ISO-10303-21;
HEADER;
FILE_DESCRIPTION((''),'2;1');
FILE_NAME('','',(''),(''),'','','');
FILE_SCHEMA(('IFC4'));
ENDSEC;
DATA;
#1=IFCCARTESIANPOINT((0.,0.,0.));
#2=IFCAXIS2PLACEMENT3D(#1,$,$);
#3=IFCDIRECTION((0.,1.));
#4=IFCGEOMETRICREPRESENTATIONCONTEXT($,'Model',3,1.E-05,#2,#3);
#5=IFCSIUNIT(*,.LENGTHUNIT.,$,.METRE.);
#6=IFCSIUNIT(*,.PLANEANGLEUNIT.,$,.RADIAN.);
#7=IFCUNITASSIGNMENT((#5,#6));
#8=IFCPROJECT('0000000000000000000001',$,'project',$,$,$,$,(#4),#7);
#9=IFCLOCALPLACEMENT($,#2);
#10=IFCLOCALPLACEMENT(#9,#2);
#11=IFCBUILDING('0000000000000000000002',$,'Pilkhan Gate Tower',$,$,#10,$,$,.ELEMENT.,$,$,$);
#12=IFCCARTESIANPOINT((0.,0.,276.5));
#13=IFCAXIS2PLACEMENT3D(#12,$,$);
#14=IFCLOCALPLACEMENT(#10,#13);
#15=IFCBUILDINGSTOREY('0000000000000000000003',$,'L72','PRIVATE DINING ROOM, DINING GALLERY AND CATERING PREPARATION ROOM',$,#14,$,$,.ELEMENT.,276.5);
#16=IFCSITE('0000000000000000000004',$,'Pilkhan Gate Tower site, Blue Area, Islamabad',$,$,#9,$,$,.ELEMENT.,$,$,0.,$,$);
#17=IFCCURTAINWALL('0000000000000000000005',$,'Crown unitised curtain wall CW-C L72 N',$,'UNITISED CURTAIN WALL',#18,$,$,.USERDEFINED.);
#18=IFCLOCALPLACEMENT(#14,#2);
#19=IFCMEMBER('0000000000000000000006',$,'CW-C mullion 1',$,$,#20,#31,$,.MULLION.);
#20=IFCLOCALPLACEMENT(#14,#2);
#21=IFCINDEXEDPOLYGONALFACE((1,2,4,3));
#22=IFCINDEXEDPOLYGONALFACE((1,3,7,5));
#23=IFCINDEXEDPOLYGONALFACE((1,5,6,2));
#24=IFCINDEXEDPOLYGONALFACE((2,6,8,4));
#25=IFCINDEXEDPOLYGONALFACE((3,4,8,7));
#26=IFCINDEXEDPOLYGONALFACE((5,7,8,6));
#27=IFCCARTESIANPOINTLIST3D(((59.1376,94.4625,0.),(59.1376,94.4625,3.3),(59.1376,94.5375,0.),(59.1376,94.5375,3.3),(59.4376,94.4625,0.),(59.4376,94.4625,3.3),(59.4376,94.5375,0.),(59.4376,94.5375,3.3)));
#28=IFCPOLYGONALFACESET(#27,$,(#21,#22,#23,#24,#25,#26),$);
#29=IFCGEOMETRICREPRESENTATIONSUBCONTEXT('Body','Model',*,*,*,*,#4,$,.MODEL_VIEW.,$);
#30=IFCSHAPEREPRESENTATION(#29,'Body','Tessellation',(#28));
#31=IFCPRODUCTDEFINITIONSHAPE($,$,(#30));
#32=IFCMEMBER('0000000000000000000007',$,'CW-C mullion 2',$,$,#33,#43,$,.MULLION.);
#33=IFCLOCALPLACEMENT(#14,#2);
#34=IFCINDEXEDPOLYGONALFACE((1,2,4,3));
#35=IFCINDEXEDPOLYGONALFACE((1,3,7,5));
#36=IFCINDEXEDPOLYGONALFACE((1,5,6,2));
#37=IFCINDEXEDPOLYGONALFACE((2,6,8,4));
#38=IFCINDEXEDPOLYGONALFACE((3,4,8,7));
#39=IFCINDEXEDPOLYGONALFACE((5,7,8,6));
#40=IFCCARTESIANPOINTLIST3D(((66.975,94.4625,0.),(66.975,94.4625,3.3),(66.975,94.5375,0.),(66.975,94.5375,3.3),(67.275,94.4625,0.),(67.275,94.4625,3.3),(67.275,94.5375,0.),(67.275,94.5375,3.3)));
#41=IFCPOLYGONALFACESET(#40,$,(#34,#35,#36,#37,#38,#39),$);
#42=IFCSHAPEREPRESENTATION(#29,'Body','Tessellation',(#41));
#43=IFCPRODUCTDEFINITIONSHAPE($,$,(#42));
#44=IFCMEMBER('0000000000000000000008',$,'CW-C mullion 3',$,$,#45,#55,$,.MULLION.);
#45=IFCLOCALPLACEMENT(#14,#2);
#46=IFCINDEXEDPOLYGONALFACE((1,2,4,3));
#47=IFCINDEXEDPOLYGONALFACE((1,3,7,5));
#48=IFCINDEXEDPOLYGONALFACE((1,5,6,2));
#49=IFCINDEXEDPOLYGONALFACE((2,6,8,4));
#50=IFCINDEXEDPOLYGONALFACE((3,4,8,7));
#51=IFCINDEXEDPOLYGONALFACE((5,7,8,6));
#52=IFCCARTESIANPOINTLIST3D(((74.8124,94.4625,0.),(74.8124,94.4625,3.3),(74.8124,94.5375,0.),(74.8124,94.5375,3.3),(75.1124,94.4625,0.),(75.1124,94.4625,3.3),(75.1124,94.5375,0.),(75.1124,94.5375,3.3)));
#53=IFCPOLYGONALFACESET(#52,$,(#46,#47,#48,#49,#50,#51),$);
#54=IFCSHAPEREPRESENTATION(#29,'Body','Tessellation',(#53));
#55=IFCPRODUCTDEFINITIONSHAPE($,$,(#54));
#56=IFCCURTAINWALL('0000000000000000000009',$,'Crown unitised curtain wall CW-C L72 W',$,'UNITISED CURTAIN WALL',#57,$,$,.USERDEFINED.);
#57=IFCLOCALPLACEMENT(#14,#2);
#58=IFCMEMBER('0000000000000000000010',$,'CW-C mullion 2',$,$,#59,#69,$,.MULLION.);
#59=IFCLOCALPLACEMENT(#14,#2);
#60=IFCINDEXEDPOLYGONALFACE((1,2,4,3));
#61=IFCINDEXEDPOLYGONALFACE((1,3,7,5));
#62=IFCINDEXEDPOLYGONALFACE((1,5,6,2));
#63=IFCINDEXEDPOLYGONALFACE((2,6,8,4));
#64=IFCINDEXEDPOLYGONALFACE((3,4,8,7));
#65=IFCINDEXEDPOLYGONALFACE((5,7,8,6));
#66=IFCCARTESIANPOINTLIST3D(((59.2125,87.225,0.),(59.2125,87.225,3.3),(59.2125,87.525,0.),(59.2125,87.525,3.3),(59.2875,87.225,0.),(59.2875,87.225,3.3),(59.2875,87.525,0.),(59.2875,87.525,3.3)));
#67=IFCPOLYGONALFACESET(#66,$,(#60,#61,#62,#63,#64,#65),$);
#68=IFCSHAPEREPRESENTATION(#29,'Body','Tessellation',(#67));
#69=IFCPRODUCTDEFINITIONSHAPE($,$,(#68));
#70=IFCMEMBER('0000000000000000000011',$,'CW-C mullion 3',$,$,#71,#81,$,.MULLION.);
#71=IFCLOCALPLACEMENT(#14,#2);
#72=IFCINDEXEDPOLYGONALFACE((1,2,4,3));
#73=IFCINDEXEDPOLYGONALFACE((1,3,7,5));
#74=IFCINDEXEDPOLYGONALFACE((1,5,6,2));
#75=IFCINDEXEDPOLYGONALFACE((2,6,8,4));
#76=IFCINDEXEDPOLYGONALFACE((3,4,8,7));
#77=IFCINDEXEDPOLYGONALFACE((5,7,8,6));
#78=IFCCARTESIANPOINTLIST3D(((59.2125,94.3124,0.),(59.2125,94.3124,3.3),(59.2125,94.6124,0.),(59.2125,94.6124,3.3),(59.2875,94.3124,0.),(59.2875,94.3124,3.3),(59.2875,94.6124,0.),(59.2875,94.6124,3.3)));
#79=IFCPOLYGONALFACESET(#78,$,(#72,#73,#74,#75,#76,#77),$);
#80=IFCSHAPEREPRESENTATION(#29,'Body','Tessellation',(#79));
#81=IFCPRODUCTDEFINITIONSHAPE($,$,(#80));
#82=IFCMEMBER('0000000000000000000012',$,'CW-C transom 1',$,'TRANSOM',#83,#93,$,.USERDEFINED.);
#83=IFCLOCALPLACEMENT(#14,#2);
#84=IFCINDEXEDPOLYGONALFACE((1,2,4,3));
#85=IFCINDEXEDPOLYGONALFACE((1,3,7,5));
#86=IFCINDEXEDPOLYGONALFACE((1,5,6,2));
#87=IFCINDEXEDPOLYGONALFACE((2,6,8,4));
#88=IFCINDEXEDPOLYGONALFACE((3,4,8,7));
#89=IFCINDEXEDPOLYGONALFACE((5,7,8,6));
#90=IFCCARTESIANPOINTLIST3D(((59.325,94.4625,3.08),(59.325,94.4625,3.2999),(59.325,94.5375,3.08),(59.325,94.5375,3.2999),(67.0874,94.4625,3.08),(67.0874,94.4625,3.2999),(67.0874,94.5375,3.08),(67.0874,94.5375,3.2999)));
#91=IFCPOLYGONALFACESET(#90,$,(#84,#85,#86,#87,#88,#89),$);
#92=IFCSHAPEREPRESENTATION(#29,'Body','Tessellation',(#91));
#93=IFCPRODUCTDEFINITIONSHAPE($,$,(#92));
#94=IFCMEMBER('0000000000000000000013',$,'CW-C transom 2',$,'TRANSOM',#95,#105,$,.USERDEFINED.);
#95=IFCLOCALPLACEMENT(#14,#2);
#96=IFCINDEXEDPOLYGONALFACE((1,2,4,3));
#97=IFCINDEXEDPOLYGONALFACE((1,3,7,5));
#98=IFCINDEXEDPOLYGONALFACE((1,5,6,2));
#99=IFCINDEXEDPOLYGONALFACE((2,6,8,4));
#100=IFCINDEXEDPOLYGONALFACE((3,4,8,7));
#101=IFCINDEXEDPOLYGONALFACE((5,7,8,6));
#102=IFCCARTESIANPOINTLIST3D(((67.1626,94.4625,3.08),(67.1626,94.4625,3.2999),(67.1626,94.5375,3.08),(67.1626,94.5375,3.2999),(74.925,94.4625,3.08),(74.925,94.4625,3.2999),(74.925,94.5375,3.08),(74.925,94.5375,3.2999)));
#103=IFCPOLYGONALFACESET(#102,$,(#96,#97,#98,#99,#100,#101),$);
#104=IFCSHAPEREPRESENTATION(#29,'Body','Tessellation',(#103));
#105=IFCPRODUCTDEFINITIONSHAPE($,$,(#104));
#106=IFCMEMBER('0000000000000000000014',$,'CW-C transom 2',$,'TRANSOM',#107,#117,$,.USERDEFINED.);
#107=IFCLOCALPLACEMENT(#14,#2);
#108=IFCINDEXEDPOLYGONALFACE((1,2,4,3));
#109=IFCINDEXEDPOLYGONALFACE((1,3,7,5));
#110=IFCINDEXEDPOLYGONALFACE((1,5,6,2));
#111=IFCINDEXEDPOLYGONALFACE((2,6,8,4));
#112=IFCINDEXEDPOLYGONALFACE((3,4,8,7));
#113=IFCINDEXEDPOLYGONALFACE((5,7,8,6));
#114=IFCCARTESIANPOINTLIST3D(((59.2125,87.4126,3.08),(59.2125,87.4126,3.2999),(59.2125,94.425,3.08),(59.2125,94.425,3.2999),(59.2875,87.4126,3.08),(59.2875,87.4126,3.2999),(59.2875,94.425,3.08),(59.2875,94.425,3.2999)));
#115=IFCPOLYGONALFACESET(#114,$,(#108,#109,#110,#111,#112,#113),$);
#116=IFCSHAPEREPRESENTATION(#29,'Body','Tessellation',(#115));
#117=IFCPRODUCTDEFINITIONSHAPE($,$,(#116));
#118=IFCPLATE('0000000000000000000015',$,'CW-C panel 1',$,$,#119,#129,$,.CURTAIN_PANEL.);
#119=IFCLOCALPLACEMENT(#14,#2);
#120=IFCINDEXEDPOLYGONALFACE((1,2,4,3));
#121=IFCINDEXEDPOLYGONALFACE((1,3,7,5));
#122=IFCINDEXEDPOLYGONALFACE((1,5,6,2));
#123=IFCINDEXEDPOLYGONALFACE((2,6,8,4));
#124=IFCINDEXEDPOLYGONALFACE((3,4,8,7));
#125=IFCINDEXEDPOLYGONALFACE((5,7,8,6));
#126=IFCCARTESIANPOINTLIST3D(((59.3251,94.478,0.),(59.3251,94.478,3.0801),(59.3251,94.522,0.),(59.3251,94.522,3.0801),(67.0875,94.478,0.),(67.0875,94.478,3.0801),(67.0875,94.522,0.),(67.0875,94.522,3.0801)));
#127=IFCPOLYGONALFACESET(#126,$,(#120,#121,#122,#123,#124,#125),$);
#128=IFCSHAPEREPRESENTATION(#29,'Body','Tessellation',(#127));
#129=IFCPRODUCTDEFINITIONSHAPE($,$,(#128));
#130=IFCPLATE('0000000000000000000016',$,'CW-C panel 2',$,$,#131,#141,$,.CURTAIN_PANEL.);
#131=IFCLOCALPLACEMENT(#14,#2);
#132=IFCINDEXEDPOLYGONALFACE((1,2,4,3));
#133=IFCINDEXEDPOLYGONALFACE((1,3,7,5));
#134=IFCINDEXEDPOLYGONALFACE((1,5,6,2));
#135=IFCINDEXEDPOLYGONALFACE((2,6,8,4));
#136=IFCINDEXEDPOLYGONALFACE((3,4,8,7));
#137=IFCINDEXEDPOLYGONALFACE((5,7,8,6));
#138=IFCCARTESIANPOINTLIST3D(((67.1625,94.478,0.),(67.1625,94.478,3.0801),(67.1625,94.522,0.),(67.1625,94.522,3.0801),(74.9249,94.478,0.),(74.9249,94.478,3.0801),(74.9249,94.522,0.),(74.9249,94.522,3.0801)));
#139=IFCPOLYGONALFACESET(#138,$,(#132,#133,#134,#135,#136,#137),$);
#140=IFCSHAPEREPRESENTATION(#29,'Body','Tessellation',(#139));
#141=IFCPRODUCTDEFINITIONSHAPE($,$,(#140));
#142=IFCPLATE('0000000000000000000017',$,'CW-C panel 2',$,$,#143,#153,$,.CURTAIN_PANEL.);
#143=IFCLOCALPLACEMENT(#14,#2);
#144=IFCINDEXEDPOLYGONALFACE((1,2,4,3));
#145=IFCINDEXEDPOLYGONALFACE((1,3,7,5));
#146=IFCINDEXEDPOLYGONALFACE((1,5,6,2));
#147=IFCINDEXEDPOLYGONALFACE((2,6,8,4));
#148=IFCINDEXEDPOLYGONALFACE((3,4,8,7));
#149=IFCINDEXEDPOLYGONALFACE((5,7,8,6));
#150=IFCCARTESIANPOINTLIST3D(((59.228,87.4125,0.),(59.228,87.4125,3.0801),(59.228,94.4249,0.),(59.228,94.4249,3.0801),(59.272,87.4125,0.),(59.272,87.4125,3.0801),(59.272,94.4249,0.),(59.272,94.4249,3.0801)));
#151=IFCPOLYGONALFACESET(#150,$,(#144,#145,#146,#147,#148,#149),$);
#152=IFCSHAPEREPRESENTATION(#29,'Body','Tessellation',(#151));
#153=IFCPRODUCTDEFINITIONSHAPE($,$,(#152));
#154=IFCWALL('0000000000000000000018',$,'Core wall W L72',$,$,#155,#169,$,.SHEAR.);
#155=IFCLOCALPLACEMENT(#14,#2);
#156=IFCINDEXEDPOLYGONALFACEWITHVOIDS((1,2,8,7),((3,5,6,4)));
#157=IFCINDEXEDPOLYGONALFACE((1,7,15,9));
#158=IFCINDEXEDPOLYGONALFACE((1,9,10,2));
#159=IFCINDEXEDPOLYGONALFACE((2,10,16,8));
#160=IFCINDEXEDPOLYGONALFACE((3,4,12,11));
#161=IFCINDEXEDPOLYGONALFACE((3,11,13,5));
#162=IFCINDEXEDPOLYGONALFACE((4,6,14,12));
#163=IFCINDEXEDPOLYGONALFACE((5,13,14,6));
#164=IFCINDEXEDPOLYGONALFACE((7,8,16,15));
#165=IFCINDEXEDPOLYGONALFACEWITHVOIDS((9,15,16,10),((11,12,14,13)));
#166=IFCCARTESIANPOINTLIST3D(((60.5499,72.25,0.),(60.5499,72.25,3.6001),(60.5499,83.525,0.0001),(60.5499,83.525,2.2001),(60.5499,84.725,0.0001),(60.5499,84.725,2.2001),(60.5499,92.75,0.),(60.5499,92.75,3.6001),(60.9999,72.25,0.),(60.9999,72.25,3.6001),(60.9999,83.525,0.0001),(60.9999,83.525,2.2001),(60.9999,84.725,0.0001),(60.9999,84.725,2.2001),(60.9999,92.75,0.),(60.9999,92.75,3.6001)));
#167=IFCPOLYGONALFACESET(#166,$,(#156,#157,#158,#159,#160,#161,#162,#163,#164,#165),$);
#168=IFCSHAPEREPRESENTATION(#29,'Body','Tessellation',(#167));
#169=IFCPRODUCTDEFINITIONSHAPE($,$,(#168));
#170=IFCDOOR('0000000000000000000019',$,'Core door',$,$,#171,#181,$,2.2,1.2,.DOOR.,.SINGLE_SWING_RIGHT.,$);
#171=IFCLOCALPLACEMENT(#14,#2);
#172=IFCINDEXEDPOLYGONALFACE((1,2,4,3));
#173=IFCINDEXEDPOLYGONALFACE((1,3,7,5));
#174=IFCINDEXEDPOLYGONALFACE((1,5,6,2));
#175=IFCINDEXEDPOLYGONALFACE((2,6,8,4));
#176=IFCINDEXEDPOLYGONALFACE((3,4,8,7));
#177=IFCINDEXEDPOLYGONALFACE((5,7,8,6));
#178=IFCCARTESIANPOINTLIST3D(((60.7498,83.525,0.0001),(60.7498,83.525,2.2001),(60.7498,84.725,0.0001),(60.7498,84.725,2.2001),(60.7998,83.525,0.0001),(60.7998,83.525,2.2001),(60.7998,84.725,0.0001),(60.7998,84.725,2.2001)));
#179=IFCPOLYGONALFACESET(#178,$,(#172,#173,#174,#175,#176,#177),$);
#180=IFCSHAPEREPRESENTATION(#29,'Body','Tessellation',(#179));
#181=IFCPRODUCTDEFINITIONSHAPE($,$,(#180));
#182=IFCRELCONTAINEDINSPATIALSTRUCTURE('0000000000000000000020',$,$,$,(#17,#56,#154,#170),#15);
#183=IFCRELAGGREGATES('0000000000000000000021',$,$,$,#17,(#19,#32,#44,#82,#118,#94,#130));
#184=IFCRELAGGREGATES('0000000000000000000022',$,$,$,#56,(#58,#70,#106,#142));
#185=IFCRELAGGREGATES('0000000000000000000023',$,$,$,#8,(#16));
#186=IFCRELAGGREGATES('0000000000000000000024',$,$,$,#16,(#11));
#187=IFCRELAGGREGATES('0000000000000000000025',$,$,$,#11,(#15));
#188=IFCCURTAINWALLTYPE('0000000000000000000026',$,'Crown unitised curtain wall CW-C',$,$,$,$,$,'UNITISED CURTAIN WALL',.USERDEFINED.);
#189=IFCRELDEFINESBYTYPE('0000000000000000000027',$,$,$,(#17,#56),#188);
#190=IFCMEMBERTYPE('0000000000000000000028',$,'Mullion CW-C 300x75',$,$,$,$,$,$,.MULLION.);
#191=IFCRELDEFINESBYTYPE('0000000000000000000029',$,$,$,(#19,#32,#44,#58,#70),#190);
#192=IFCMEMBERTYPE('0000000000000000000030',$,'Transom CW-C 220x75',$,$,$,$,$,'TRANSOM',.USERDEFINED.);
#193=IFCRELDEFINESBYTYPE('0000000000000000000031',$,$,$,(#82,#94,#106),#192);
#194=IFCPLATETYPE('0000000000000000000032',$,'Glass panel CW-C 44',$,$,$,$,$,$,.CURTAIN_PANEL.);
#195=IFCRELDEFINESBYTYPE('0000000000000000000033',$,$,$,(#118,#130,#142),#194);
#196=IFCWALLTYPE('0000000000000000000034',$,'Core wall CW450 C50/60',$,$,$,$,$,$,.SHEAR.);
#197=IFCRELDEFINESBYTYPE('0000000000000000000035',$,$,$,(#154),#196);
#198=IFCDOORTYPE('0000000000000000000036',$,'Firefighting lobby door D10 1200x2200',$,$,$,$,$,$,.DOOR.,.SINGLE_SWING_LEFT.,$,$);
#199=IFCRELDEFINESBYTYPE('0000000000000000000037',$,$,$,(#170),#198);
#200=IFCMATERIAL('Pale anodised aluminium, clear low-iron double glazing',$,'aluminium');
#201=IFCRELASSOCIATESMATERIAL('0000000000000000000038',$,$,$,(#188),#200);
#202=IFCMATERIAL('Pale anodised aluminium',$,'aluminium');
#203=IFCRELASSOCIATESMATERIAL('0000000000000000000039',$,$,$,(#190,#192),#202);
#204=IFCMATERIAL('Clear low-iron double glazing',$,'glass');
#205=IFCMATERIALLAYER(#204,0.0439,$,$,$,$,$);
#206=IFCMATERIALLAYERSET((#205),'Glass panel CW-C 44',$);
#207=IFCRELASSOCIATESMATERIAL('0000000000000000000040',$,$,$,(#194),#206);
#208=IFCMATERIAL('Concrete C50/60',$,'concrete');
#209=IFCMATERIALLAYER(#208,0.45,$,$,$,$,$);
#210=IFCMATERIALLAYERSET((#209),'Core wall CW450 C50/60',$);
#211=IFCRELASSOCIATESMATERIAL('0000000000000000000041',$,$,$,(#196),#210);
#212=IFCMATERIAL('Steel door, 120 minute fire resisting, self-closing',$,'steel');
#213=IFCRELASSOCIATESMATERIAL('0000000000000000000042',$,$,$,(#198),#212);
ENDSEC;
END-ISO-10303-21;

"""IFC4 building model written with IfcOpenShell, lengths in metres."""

from ifc_helpers import new_model, si_unit, direction, frame, frame_2d, origin, origin_2d, place, context, subcontext, project, spatial, rectangle, extrude, material, layer, layer_set, material_profile, profile_set, type_object, element, fill, aggregate, save


model = new_model("IFC4")

# Units and contexts
model_context = context("Model", 3, precision=1e-05, world=origin(), true_north=direction((0.0, 1.0)))
body_context = subcontext(model_context, "Body", "Model", "MODEL_VIEW")
ifc_project = project(units=[si_unit("LENGTHUNIT", "METRE"), si_unit("PLANEANGLEUNIT", "RADIAN")], contexts=[model_context])

# Site, building, storey
site_placement = place(None, origin())
site = spatial("IfcSite", under=ifc_project, at=site_placement, Name="Pilkhan Gate Tower site, Blue Area, Islamabad", CompositionType="ELEMENT", RefElevation=0.0)
building_placement = place(site_placement, origin())
building = spatial("IfcBuilding", under=site, at=building_placement, Name="Pilkhan Gate Tower", CompositionType="ELEMENT")
storey_placement = place(building_placement, frame((0.0, 0.0, 276.5)))
storey = spatial("IfcBuildingStorey", under=building, at=storey_placement, Name="L72", Description="PRIVATE DINING ROOM, DINING GALLERY AND CATERING PREPARATION ROOM", CompositionType="ELEMENT", Elevation=276.5)

# Curtain walls, members
ifc_material_1 = material(Name="Pale anodised aluminium, clear low-iron double glazing", Category="aluminium")
curtain_wall_type = type_object("IfcCurtainWallType", Name="Crown unitised curtain wall CW-C", ElementType="UNITISED CURTAIN WALL", PredefinedType="USERDEFINED", material=ifc_material_1)
curtain_wall_1_placement = place(storey_placement, origin())
curtain_wall_1 = element("IfcCurtainWall", 1, at=curtain_wall_1_placement, inside=storey, type_object=curtain_wall_type, Name="Crown unitised curtain wall CW-C L72 N", ObjectType="UNITISED CURTAIN WALL", PredefinedType="USERDEFINED")
ifc_material_2 = material(Name="Pale anodised aluminium", Category="aluminium")
ifc_material_profile_1 = material_profile(ifc_material_2, rectangle(XDim=0.075, YDim=0.3, at=origin_2d()), Name="Mullion 300x75")
ifc_profile_set_1 = profile_set([ifc_material_profile_1], Name="Pale anodised aluminium")
member_type_1 = type_object("IfcMemberType", Name="Mullion CW-C 300x75", PredefinedType="MULLION", material=ifc_profile_set_1)
member_1_placement = place(storey_placement, frame((59.2876, 94.5, 0.0), z_axis=(0.0, 0.0, 1.0), x_axis=(0.0, 1.0, 0.0)))
member_1 = element("IfcMember", 2, at=member_1_placement, type_object=member_type_1, Name="CW-C mullion 1", PredefinedType="MULLION", context=body_context, shape_type="SweptSolid", body=[
    extrude(rectangle(XDim=0.075, YDim=0.3, at=origin_2d()), origin(), (0.0, 0.0, 1.0), 3.3),
])
member_2_placement = place(storey_placement, frame((67.125, 94.5, 0.0), z_axis=(0.0, 0.0, 1.0), x_axis=(0.0, 1.0, 0.0)))
member_2 = element("IfcMember", 3, at=member_2_placement, type_object=member_type_1, Name="CW-C mullion 2", PredefinedType="MULLION", context=body_context, shape_type="SweptSolid", body=[
    extrude(rectangle(XDim=0.075, YDim=0.3, at=origin_2d()), origin(), (0.0, 0.0, 1.0), 3.3),
])
member_3_placement = place(storey_placement, frame((74.9624, 94.5, 0.0), z_axis=(0.0, 0.0, 1.0), x_axis=(0.0, 1.0, 0.0)))
member_3 = element("IfcMember", 4, at=member_3_placement, type_object=member_type_1, Name="CW-C mullion 3", PredefinedType="MULLION", context=body_context, shape_type="SweptSolid", body=[
    extrude(rectangle(XDim=0.075, YDim=0.3, at=origin_2d()), origin(), (0.0, 0.0, 1.0), 3.3),
])
curtain_wall_2_placement = place(storey_placement, origin())
curtain_wall_2 = element("IfcCurtainWall", 5, at=curtain_wall_2_placement, inside=storey, type_object=curtain_wall_type, Name="Crown unitised curtain wall CW-C L72 W", ObjectType="UNITISED CURTAIN WALL", PredefinedType="USERDEFINED")
member_4_placement = place(storey_placement, frame((59.25, 87.375, 0.0), z_axis=(0.0, 0.0, 1.0), x_axis=(-1.0, 0.0, 0.0)))
member_4 = element("IfcMember", 6, at=member_4_placement, type_object=member_type_1, Name="CW-C mullion 2", PredefinedType="MULLION", context=body_context, shape_type="SweptSolid", body=[
    extrude(rectangle(XDim=0.075, YDim=0.3, at=origin_2d()), origin(), (0.0, 0.0, 1.0), 3.3),
])
member_5_placement = place(storey_placement, frame((59.25, 94.4624, 0.0), z_axis=(0.0, 0.0, 1.0), x_axis=(-1.0, 0.0, 0.0)))
member_5 = element("IfcMember", 7, at=member_5_placement, type_object=member_type_1, Name="CW-C mullion 3", PredefinedType="MULLION", context=body_context, shape_type="SweptSolid", body=[
    extrude(rectangle(XDim=0.075, YDim=0.3, at=origin_2d()), origin(), (0.0, 0.0, 1.0), 3.3),
])

# Members
ifc_material_profile_2 = material_profile(ifc_material_2, rectangle(XDim=0.075, YDim=0.22, at=origin_2d()), Name="Transom 220x75")
ifc_profile_set_2 = profile_set([ifc_material_profile_2], Name="Pale anodised aluminium")
member_type_2 = type_object("IfcMemberType", Name="Transom CW-C 220x75", ElementType="TRANSOM", PredefinedType="USERDEFINED", material=ifc_profile_set_2)
member_6_placement = place(storey_placement, frame((59.325, 94.5, 3.1899), z_axis=(1.0, 0.0, 0.0), x_axis=(0.0, 1.0, 0.0)))
member_6 = element("IfcMember", 8, at=member_6_placement, type_object=member_type_2, Name="CW-C transom 1", ObjectType="TRANSOM", PredefinedType="USERDEFINED", context=body_context, shape_type="SweptSolid", body=[
    extrude(rectangle(XDim=0.075, YDim=0.22, at=origin_2d()), origin(), (0.0, 0.0, 1.0), 7.7625),
])
member_7_placement = place(storey_placement, frame((67.1626, 94.5, 3.1899), z_axis=(1.0, 0.0, 0.0), x_axis=(0.0, 1.0, 0.0)))
member_7 = element("IfcMember", 9, at=member_7_placement, type_object=member_type_2, Name="CW-C transom 2", ObjectType="TRANSOM", PredefinedType="USERDEFINED", context=body_context, shape_type="SweptSolid", body=[
    extrude(rectangle(XDim=0.075, YDim=0.22, at=origin_2d()), origin(), (0.0, 0.0, 1.0), 7.7625),
])
member_8_placement = place(storey_placement, frame((59.25, 87.4126, 3.1899), z_axis=(0.0, 1.0, 0.0), x_axis=(-1.0, 0.0, 0.0)))
member_8 = element("IfcMember", 10, at=member_8_placement, type_object=member_type_2, Name="CW-C transom 2", ObjectType="TRANSOM", PredefinedType="USERDEFINED", context=body_context, shape_type="SweptSolid", body=[
    extrude(rectangle(XDim=0.075, YDim=0.22, at=origin_2d()), origin(), (0.0, 0.0, 1.0), 7.0125),
])

# Plates
ifc_material_3 = material(Name="Clear low-iron double glazing", Category="glass")
ifc_layer_1 = layer(ifc_material_3, 0.0439)
ifc_layer_set_1 = layer_set([ifc_layer_1], Name="Glass panel CW-C 44")
plate_type = type_object("IfcPlateType", Name="Glass panel CW-C 44", PredefinedType="CURTAIN_PANEL", material=ifc_layer_set_1)
plate_1_placement = place(storey_placement, frame((63.2063, 94.5, 0.0), z_axis=(0.0, 0.0, 1.0), x_axis=(1.0, 0.0, 0.0)))
plate_1 = element("IfcPlate", 11, at=plate_1_placement, type_object=plate_type, Name="CW-C panel 1", PredefinedType="CURTAIN_PANEL", context=body_context, shape_type="SweptSolid", body=[
    extrude(rectangle(XDim=7.7625, YDim=0.0439, at=origin_2d()), origin(), (0.0, 0.0, 1.0), 3.0801),
])
plate_2_placement = place(storey_placement, frame((71.0437, 94.5, 0.0), z_axis=(0.0, 0.0, 1.0), x_axis=(1.0, 0.0, 0.0)))
plate_2 = element("IfcPlate", 12, at=plate_2_placement, type_object=plate_type, Name="CW-C panel 2", PredefinedType="CURTAIN_PANEL", context=body_context, shape_type="SweptSolid", body=[
    extrude(rectangle(XDim=7.7625, YDim=0.0439, at=origin_2d()), origin(), (0.0, 0.0, 1.0), 3.0801),
])
aggregate(curtain_wall_1, [member_1, member_2, member_3, member_6, plate_1, member_7, plate_2])
plate_3_placement = place(storey_placement, frame((59.25, 90.9187, 0.0), z_axis=(0.0, 0.0, 1.0), x_axis=(0.0, 1.0, 0.0)))
plate_3 = element("IfcPlate", 13, at=plate_3_placement, type_object=plate_type, Name="CW-C panel 2", PredefinedType="CURTAIN_PANEL", context=body_context, shape_type="SweptSolid", body=[
    extrude(rectangle(XDim=7.0125, YDim=0.0439, at=origin_2d()), origin(), (0.0, 0.0, 1.0), 3.0801),
])
aggregate(curtain_wall_2, [member_4, member_5, member_8, plate_3])

# Wall, opening, door
ifc_material_4 = material(Name="Concrete C50/60", Category="concrete")
ifc_layer_2 = layer(ifc_material_4, 0.45)
ifc_layer_set_2 = layer_set([ifc_layer_2], Name="Core wall CW450 C50/60")
wall_type_1 = type_object("IfcWallType", Name="Core wall CW450 C50/60", PredefinedType="SHEAR", material=ifc_layer_set_2)
wall_1_placement = place(storey_placement, frame((60.7749, 92.75, 0.0), z_axis=(0.0, 0.0, 1.0), x_axis=(0.0, -1.0, 0.0)))
wall_1 = element("IfcWall", 14, at=wall_1_placement, inside=storey, type_object=wall_type_1, Name="Core wall W L72", PredefinedType="SHEAR", context=body_context, shape_type="SweptSolid", body=[
    extrude(rectangle(XDim=20.5, YDim=0.45, at=frame_2d((10.25, 0.0))), origin(), (0.0, 0.0, 1.0), 3.6001),
])
opening_placement = place(wall_1_placement, frame((8.0249, 0.0, 0.0)))
opening = element("IfcOpeningElement", 15, at=opening_placement, cuts=wall_1, PredefinedType="OPENING", context=body_context, shape_type="SweptSolid", body=[
    extrude(rectangle(XDim=1.2, YDim=2.2, at=frame_2d((0.6001, 1.1001))), frame((0.0, 0.2349, 0.0), z_axis=(0.0, -1.0, 0.0), x_axis=(1.0, 0.0, 0.0)), (0.0, 0.0, 1.0), 0.47),
])
ifc_material_5 = material(Name="Steel door, 120 minute fire resisting, self-closing", Category="steel")
door_type = type_object("IfcDoorType", Name="Firefighting lobby door D10 1200x2200", OperationType="SINGLE_SWING_LEFT", PredefinedType="DOOR", material=ifc_material_5)
door_placement = place(opening_placement, origin())
door = element("IfcDoor", 16, at=door_placement, inside=storey, type_object=door_type, Name="Core door", OperationType="SINGLE_SWING_RIGHT", OverallHeight=2.2, OverallWidth=1.2, PredefinedType="DOOR", context=body_context, shape_type="SweptSolid", body=[
    extrude(rectangle(XDim=1.2, YDim=2.2, at=frame_2d((0.6001, 1.1001))), frame((0.0, 0.0249, 0.0), z_axis=(0.0, -1.0, 0.0), x_axis=(1.0, 0.0, 0.0)), (0.0, 0.0, 1.0), 0.05),
])
fill(opening, door)

save(model, "model.ifc")
